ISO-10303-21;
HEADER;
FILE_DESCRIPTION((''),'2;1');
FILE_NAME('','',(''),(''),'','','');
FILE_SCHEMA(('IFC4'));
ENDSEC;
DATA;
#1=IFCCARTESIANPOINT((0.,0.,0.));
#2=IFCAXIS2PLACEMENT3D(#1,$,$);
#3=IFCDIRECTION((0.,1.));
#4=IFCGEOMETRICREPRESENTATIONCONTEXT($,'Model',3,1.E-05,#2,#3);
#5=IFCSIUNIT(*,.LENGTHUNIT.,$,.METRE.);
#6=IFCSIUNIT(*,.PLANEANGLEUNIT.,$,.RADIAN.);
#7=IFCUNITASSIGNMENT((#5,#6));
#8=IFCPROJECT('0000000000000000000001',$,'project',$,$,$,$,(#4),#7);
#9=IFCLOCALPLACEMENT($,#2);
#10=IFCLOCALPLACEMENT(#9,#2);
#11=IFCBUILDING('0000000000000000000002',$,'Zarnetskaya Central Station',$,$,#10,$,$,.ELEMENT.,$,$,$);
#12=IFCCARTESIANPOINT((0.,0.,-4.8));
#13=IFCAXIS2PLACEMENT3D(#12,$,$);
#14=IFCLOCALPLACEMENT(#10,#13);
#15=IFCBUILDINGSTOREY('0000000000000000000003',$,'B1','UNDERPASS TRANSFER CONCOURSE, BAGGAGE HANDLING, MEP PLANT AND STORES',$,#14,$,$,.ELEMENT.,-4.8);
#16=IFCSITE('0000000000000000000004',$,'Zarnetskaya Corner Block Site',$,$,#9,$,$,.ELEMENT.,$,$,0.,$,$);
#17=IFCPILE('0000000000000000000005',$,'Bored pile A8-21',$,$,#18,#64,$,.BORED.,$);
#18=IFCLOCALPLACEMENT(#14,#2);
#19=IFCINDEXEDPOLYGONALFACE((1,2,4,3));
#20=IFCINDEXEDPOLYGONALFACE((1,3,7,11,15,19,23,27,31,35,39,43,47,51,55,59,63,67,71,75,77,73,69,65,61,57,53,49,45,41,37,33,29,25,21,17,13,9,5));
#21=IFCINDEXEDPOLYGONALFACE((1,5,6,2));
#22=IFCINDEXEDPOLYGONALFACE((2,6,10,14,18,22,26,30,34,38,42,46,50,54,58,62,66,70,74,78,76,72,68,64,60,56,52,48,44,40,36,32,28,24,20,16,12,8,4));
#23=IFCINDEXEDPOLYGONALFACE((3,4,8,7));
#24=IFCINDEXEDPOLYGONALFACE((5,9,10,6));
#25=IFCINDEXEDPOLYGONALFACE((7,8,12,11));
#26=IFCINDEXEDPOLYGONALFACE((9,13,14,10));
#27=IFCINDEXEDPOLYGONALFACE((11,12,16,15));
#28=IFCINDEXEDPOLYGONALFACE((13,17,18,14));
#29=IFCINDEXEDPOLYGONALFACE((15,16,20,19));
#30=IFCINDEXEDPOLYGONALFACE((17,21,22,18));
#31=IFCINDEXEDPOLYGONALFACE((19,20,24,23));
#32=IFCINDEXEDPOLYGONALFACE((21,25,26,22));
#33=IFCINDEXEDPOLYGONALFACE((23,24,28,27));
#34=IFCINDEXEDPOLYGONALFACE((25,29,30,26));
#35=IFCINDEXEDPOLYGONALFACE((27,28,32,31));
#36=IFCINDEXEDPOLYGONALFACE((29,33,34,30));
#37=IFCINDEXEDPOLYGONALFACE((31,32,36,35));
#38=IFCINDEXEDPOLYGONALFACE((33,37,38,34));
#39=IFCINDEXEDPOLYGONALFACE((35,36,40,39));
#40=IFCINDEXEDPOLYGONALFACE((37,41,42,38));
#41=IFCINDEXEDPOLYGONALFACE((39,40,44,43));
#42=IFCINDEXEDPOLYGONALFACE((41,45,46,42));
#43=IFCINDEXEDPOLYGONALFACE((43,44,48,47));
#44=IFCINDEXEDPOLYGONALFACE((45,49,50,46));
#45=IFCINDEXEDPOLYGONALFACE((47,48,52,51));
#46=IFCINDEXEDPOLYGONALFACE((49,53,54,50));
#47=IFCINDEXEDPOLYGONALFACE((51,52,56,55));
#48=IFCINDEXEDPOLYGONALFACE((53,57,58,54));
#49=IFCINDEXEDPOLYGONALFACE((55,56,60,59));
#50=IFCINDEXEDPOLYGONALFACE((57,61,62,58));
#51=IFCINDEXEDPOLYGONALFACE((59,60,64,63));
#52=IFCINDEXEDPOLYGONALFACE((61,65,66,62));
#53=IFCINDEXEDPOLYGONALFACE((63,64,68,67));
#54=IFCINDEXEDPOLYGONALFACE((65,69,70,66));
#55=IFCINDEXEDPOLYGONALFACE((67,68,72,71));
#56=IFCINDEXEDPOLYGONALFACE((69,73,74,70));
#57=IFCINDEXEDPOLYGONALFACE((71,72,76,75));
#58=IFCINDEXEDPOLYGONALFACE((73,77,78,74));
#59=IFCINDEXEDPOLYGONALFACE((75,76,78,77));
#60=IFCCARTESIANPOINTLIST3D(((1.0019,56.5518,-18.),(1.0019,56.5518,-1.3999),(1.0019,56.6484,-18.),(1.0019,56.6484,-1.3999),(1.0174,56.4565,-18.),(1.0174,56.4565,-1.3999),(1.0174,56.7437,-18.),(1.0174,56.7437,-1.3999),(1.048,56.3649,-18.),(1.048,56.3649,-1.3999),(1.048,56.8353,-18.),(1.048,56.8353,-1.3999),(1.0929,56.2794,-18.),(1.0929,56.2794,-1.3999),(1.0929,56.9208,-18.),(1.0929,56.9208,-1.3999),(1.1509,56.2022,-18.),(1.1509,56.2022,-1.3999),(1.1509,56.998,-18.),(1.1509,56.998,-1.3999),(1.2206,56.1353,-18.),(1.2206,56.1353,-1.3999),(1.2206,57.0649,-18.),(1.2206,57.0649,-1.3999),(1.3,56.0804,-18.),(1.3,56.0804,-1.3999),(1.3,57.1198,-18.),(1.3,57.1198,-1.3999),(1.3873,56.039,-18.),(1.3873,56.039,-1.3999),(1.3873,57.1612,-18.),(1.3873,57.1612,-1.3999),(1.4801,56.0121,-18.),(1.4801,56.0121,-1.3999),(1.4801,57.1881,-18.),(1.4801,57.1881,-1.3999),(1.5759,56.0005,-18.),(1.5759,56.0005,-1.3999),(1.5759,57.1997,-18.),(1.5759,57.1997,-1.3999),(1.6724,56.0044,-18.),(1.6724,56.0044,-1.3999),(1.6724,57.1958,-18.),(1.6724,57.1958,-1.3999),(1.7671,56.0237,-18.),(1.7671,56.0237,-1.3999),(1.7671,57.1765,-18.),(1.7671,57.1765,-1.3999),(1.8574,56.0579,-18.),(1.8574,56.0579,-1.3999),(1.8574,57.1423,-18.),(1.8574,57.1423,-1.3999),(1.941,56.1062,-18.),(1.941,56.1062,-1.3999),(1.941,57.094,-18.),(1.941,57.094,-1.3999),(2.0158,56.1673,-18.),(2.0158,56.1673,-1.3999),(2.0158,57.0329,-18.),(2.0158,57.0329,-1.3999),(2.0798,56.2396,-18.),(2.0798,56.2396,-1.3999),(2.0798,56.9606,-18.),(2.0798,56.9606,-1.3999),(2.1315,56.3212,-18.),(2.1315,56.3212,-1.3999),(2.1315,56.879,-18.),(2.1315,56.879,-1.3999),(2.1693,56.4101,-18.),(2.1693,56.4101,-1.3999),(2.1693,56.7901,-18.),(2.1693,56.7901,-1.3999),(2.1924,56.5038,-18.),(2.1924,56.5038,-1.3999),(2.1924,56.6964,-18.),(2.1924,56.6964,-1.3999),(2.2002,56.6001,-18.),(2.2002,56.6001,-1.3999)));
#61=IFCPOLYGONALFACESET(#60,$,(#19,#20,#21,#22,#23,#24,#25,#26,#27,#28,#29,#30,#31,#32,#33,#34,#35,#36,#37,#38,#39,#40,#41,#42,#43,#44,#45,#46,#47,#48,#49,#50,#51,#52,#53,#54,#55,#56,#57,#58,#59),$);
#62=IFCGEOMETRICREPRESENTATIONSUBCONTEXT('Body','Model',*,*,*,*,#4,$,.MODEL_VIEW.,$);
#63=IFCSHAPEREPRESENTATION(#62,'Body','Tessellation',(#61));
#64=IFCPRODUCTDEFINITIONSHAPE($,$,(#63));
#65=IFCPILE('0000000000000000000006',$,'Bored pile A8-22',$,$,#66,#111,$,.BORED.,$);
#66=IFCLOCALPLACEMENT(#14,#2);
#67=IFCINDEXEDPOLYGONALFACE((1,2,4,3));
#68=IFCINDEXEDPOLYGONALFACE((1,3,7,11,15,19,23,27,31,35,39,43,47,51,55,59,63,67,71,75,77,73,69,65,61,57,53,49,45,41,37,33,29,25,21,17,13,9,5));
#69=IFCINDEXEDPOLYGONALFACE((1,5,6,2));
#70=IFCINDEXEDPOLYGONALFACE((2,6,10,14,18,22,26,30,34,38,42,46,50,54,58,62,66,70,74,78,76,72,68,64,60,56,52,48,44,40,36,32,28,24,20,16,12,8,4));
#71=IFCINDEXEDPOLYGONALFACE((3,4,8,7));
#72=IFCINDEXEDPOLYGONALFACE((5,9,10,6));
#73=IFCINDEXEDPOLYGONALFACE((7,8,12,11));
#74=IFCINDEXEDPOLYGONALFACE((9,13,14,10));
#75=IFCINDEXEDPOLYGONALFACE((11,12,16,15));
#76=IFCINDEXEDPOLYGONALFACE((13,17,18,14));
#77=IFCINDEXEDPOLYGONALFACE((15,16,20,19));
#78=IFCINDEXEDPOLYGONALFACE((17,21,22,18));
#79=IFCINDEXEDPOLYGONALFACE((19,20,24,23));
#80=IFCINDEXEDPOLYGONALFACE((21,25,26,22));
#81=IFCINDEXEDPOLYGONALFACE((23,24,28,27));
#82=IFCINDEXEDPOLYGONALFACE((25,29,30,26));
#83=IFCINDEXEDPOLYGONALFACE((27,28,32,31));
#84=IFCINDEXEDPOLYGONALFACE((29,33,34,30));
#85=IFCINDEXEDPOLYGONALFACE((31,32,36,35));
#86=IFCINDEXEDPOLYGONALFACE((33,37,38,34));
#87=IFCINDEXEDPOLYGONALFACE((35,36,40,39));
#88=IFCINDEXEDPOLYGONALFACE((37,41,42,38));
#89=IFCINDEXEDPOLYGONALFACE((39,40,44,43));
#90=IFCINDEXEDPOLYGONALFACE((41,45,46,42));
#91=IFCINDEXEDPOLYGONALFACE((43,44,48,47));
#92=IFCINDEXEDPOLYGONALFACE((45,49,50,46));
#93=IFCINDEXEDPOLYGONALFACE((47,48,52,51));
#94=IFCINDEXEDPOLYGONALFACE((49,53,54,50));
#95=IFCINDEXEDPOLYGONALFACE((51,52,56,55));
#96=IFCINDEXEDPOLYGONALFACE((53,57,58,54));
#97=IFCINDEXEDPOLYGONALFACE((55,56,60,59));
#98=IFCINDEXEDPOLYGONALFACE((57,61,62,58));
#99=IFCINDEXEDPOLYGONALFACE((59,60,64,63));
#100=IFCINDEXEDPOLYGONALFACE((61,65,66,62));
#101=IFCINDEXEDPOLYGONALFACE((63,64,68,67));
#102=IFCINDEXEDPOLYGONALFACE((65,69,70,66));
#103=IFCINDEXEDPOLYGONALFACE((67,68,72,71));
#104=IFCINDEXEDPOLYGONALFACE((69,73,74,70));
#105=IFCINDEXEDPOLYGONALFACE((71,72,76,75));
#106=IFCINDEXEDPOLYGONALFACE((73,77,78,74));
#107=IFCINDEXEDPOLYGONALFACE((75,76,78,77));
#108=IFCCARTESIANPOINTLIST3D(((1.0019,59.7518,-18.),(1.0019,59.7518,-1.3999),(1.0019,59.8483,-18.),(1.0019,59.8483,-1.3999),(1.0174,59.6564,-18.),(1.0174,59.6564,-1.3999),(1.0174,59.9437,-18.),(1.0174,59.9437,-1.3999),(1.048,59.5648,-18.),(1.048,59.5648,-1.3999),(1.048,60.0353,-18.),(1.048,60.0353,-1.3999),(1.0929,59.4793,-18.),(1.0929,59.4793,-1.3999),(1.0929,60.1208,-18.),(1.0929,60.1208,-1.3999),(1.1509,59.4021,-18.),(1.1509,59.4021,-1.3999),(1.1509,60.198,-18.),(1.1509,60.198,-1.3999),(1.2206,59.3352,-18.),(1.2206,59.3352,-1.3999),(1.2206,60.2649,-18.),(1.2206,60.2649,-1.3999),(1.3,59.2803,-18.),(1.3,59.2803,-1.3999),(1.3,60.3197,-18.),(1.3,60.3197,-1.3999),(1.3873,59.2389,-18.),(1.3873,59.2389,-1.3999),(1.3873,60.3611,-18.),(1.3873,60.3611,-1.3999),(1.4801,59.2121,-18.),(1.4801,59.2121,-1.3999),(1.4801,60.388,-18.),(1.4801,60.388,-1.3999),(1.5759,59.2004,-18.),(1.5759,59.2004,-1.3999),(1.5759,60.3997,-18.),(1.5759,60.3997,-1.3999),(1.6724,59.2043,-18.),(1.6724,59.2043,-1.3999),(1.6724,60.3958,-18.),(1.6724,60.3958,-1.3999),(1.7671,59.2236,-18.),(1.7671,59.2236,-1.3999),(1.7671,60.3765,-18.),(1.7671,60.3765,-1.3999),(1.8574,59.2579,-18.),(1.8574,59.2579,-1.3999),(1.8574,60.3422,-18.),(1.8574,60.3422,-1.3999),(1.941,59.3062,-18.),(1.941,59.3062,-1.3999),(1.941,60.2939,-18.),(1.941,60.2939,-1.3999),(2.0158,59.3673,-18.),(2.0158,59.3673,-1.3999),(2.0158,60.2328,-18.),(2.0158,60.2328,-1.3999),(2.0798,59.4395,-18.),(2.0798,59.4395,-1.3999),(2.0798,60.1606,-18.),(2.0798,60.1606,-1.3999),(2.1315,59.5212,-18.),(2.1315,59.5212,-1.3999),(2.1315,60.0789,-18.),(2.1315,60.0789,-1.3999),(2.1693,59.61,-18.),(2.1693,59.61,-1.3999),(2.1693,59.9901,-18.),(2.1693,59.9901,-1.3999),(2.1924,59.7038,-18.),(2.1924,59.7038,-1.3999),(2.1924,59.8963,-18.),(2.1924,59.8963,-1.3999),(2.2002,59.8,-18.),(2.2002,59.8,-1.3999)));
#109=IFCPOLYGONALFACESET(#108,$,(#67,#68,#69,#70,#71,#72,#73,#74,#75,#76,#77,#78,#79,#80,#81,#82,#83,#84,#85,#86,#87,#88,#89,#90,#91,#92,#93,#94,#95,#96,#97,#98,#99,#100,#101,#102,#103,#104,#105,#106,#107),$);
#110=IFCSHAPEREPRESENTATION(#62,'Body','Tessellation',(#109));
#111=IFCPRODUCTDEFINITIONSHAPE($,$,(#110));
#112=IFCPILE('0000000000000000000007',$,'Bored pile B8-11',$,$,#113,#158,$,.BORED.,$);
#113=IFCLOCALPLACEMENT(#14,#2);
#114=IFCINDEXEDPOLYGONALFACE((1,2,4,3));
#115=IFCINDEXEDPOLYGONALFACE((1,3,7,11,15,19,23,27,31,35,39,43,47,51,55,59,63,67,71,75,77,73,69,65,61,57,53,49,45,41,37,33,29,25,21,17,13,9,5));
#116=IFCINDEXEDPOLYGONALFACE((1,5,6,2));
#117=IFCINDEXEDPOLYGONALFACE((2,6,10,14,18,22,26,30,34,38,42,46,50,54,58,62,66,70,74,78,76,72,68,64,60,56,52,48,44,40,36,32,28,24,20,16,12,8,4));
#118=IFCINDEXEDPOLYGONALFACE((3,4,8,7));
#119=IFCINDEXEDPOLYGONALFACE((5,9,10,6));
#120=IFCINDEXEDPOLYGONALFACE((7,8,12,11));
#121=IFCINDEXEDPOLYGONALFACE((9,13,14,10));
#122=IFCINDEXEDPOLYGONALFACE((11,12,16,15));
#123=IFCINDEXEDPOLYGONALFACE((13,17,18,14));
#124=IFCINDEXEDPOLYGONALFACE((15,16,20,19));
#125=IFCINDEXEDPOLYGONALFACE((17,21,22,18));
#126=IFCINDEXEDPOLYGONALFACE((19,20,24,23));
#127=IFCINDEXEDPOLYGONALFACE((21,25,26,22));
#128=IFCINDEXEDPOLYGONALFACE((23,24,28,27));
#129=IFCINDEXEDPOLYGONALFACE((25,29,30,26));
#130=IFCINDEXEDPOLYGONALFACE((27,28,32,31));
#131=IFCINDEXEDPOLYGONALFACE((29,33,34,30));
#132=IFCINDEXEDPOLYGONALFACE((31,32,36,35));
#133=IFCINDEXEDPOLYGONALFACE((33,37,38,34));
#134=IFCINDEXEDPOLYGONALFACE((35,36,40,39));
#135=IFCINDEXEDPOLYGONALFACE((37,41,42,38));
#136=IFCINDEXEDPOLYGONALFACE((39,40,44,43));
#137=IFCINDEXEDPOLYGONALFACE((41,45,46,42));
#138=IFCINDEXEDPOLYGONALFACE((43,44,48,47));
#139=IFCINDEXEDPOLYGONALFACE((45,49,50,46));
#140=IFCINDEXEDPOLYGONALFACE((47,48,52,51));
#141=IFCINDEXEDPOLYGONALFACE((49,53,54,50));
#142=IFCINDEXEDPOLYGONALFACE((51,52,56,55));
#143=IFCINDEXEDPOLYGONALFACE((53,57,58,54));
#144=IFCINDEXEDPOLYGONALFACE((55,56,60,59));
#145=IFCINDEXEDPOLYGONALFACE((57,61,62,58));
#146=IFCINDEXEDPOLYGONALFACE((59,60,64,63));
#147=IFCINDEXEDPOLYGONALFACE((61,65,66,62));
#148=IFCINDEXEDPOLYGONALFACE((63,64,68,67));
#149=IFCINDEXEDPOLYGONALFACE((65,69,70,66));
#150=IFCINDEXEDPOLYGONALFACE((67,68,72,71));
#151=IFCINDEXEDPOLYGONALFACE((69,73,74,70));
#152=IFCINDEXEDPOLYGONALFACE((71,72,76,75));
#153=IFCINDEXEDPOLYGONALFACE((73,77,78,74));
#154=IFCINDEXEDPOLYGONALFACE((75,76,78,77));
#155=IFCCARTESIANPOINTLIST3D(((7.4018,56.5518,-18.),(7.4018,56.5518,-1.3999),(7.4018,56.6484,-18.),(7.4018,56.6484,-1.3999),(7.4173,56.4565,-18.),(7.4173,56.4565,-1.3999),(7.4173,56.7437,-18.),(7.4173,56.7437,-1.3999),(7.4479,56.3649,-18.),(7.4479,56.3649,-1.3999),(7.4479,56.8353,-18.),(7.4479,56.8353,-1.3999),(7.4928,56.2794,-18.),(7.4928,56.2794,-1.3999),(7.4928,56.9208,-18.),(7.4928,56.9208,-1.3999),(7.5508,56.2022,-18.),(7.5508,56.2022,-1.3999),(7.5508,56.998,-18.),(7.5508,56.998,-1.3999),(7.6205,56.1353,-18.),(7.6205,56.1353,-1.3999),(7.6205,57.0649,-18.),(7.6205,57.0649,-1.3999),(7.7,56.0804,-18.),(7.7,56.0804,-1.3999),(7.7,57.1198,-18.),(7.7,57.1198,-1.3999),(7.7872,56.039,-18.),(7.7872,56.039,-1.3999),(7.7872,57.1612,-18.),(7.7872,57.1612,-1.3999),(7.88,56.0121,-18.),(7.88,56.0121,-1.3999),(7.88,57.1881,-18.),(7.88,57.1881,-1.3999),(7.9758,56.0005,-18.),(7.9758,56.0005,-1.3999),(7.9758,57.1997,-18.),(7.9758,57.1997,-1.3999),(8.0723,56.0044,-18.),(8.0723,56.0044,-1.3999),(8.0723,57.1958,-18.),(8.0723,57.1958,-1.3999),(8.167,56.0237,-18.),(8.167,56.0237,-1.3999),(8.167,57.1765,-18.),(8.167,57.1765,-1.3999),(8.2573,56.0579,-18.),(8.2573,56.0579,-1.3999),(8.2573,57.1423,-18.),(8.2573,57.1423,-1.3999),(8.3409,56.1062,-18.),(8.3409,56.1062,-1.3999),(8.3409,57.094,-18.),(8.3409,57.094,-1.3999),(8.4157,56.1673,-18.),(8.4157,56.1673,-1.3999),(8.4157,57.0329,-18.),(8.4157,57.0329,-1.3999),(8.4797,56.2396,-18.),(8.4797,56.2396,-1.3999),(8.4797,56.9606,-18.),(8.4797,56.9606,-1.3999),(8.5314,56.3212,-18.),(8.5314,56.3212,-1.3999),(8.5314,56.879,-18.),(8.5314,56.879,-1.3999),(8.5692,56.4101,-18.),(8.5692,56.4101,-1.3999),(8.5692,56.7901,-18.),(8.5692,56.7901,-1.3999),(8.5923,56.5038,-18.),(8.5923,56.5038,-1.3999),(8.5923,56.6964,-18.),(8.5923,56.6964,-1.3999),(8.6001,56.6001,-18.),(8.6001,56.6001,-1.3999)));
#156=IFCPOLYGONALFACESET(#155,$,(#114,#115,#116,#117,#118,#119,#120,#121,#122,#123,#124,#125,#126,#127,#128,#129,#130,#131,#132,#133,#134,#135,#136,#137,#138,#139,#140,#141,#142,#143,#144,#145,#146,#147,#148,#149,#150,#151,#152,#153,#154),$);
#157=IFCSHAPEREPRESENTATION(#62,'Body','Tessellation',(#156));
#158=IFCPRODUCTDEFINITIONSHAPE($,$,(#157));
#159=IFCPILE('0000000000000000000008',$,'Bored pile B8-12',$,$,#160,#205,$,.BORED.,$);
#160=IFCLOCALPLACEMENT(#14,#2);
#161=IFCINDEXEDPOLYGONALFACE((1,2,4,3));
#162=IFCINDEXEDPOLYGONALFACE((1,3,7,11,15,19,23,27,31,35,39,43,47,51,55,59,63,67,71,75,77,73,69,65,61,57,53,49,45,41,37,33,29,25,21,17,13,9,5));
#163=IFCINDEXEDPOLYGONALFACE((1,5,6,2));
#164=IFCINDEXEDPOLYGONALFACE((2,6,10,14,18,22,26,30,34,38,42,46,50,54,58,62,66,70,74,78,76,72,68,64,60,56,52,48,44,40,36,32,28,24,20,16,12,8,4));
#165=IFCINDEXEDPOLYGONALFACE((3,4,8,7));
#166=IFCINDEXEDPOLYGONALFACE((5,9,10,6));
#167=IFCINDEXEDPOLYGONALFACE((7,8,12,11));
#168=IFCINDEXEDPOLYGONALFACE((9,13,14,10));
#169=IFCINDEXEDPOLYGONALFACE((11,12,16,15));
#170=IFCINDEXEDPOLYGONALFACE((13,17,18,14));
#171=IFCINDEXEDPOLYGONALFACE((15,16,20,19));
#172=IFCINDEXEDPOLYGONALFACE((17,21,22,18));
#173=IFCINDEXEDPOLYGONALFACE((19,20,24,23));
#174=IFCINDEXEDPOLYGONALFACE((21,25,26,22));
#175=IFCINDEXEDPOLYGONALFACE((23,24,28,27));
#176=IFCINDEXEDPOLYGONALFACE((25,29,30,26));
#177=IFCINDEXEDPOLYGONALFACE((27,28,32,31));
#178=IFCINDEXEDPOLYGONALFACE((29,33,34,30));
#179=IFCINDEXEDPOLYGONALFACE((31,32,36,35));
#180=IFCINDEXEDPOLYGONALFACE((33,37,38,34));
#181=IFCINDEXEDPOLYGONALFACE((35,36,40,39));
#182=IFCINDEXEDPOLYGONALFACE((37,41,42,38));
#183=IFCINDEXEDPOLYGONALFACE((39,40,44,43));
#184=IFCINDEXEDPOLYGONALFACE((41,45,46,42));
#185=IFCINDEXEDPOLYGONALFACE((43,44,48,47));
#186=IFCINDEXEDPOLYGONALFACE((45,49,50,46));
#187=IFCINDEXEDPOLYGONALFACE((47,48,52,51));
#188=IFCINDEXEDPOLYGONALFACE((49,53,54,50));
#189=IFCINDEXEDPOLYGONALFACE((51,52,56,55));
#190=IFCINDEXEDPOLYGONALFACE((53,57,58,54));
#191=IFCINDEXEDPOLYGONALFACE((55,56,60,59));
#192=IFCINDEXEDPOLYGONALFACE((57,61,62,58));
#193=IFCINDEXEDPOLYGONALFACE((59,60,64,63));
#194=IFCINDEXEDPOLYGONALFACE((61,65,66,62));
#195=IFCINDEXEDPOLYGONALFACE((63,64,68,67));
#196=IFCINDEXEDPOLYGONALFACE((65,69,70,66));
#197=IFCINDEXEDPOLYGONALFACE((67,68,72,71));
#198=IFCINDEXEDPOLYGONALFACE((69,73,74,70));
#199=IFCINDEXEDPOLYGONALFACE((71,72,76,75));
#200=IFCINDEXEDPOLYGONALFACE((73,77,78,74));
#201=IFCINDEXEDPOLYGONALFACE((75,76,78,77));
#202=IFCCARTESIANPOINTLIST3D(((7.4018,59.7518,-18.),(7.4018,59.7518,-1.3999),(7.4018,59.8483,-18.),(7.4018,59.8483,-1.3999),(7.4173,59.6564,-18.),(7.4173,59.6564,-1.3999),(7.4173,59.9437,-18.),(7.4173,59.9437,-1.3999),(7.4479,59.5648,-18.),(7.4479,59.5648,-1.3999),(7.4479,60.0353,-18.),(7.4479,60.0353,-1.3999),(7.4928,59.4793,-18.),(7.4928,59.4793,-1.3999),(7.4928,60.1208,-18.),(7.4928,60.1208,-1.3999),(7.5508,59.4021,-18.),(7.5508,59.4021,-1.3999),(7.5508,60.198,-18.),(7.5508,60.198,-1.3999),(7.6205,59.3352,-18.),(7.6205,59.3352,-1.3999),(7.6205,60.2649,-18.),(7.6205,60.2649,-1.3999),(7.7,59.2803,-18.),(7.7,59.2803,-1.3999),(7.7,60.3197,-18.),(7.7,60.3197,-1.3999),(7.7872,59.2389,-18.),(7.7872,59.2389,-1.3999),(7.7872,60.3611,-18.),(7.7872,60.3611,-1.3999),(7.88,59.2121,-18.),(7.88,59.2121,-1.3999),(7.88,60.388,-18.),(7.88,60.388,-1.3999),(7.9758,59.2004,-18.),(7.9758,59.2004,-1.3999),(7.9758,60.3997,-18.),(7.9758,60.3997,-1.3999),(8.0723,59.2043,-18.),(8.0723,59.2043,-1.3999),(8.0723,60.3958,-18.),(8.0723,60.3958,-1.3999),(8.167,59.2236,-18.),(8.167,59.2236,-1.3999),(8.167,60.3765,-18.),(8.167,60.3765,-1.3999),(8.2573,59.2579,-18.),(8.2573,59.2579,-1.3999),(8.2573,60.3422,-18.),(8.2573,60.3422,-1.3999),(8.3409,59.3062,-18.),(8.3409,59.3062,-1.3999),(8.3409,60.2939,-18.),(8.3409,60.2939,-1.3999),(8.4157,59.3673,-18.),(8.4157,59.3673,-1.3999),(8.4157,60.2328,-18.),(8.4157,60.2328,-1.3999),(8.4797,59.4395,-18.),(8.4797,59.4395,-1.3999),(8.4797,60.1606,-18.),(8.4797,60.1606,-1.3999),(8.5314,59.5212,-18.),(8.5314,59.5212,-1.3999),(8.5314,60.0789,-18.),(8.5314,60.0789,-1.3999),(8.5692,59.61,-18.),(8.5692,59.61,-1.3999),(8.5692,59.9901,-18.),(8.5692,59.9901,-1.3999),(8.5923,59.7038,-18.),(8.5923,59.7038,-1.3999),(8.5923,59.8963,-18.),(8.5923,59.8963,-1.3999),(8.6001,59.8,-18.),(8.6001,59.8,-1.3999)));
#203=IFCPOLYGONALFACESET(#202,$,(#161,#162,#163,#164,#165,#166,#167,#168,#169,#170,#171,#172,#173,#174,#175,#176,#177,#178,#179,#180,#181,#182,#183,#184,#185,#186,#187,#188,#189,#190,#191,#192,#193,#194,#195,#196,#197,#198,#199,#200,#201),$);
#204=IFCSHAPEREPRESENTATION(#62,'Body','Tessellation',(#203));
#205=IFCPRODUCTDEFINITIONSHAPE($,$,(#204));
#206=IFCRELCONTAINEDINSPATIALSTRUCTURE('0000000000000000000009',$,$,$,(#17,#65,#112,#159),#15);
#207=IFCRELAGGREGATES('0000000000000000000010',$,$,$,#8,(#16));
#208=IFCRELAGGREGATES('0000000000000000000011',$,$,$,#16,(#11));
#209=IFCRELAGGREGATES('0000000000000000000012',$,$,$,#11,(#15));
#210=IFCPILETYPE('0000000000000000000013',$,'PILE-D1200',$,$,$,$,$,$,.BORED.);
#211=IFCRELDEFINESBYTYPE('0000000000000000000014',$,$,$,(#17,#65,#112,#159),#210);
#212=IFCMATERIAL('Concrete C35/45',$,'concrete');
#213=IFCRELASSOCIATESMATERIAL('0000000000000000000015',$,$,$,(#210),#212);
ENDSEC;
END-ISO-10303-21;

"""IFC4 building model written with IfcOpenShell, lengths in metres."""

from ifc_helpers import new_model, si_unit, direction, frame, origin, origin_2d, place, context, subcontext, project, spatial, circle, extrude, material, material_profile, profile_set, type_object, element, save


model = new_model("IFC4")

# Units and contexts
model_context = context("Model", 3, precision=1e-05, world=origin(), true_north=direction((0.0, 1.0)))
body_context = subcontext(model_context, "Body", "Model", "MODEL_VIEW")
ifc_project = project(units=[si_unit("LENGTHUNIT", "METRE"), si_unit("PLANEANGLEUNIT", "RADIAN")], contexts=[model_context])

# Site, building, storey
site_placement = place(None, origin())
site = spatial("IfcSite", under=ifc_project, at=site_placement, Name="Zarnetskaya Corner Block Site", CompositionType="ELEMENT", RefElevation=0.0)
building_placement = place(site_placement, origin())
building = spatial("IfcBuilding", under=site, at=building_placement, Name="Zarnetskaya Central Station", CompositionType="ELEMENT")
storey_placement = place(building_placement, frame((0.0, 0.0, -4.8)))
storey = spatial("IfcBuildingStorey", under=building, at=storey_placement, Name="B1", Description="UNDERPASS TRANSFER CONCOURSE, BAGGAGE HANDLING, MEP PLANT AND STORES", CompositionType="ELEMENT", Elevation=-4.8)

# Shared definitions
ifc_material_1 = material(Name="Concrete C35/45", Category="concrete")

# Piles
ifc_material_profile_1 = material_profile(ifc_material_1, circle(Radius=0.6001, at=origin_2d()), Name="BORED PILE D1200")
ifc_profile_set_1 = profile_set([ifc_material_profile_1], Name="Concrete C35/45")
pile_type_1 = type_object("IfcPileType", Name="PILE-D1200", PredefinedType="BORED", material=ifc_profile_set_1)
for number, where, z_axis, x_axis, name in (
    (1, (1.6001, 56.6001, -1.3999), (0.0, 0.0, -1.0), (1.0, 0.0, 0.0), "Bored pile A8-21"),
    (2, (1.6001, 59.8, -1.3999), (0.0, 0.0, -1.0), (1.0, 0.0, 0.0), "Bored pile A8-22"),
    (3, (8.0, 56.6001, -1.3999), (0.0, 0.0, -1.0), (1.0, 0.0, 0.0), "Bored pile B8-11"),
    (4, (8.0, 59.8, -1.3999), (0.0, 0.0, -1.0), (1.0, 0.0, 0.0), "Bored pile B8-12"),
):
    element("IfcPile", number, at=place(storey_placement, frame(where, z_axis=z_axis, x_axis=x_axis)), inside=storey, type_object=pile_type_1, Name=name, PredefinedType="BORED", context=body_context, shape_type="SweptSolid", body=[
        extrude(circle(Radius=0.6001, at=origin_2d()), origin(), (0.0, 0.0, 1.0), 16.6001),
    ])

save(model, "model.ifc")
